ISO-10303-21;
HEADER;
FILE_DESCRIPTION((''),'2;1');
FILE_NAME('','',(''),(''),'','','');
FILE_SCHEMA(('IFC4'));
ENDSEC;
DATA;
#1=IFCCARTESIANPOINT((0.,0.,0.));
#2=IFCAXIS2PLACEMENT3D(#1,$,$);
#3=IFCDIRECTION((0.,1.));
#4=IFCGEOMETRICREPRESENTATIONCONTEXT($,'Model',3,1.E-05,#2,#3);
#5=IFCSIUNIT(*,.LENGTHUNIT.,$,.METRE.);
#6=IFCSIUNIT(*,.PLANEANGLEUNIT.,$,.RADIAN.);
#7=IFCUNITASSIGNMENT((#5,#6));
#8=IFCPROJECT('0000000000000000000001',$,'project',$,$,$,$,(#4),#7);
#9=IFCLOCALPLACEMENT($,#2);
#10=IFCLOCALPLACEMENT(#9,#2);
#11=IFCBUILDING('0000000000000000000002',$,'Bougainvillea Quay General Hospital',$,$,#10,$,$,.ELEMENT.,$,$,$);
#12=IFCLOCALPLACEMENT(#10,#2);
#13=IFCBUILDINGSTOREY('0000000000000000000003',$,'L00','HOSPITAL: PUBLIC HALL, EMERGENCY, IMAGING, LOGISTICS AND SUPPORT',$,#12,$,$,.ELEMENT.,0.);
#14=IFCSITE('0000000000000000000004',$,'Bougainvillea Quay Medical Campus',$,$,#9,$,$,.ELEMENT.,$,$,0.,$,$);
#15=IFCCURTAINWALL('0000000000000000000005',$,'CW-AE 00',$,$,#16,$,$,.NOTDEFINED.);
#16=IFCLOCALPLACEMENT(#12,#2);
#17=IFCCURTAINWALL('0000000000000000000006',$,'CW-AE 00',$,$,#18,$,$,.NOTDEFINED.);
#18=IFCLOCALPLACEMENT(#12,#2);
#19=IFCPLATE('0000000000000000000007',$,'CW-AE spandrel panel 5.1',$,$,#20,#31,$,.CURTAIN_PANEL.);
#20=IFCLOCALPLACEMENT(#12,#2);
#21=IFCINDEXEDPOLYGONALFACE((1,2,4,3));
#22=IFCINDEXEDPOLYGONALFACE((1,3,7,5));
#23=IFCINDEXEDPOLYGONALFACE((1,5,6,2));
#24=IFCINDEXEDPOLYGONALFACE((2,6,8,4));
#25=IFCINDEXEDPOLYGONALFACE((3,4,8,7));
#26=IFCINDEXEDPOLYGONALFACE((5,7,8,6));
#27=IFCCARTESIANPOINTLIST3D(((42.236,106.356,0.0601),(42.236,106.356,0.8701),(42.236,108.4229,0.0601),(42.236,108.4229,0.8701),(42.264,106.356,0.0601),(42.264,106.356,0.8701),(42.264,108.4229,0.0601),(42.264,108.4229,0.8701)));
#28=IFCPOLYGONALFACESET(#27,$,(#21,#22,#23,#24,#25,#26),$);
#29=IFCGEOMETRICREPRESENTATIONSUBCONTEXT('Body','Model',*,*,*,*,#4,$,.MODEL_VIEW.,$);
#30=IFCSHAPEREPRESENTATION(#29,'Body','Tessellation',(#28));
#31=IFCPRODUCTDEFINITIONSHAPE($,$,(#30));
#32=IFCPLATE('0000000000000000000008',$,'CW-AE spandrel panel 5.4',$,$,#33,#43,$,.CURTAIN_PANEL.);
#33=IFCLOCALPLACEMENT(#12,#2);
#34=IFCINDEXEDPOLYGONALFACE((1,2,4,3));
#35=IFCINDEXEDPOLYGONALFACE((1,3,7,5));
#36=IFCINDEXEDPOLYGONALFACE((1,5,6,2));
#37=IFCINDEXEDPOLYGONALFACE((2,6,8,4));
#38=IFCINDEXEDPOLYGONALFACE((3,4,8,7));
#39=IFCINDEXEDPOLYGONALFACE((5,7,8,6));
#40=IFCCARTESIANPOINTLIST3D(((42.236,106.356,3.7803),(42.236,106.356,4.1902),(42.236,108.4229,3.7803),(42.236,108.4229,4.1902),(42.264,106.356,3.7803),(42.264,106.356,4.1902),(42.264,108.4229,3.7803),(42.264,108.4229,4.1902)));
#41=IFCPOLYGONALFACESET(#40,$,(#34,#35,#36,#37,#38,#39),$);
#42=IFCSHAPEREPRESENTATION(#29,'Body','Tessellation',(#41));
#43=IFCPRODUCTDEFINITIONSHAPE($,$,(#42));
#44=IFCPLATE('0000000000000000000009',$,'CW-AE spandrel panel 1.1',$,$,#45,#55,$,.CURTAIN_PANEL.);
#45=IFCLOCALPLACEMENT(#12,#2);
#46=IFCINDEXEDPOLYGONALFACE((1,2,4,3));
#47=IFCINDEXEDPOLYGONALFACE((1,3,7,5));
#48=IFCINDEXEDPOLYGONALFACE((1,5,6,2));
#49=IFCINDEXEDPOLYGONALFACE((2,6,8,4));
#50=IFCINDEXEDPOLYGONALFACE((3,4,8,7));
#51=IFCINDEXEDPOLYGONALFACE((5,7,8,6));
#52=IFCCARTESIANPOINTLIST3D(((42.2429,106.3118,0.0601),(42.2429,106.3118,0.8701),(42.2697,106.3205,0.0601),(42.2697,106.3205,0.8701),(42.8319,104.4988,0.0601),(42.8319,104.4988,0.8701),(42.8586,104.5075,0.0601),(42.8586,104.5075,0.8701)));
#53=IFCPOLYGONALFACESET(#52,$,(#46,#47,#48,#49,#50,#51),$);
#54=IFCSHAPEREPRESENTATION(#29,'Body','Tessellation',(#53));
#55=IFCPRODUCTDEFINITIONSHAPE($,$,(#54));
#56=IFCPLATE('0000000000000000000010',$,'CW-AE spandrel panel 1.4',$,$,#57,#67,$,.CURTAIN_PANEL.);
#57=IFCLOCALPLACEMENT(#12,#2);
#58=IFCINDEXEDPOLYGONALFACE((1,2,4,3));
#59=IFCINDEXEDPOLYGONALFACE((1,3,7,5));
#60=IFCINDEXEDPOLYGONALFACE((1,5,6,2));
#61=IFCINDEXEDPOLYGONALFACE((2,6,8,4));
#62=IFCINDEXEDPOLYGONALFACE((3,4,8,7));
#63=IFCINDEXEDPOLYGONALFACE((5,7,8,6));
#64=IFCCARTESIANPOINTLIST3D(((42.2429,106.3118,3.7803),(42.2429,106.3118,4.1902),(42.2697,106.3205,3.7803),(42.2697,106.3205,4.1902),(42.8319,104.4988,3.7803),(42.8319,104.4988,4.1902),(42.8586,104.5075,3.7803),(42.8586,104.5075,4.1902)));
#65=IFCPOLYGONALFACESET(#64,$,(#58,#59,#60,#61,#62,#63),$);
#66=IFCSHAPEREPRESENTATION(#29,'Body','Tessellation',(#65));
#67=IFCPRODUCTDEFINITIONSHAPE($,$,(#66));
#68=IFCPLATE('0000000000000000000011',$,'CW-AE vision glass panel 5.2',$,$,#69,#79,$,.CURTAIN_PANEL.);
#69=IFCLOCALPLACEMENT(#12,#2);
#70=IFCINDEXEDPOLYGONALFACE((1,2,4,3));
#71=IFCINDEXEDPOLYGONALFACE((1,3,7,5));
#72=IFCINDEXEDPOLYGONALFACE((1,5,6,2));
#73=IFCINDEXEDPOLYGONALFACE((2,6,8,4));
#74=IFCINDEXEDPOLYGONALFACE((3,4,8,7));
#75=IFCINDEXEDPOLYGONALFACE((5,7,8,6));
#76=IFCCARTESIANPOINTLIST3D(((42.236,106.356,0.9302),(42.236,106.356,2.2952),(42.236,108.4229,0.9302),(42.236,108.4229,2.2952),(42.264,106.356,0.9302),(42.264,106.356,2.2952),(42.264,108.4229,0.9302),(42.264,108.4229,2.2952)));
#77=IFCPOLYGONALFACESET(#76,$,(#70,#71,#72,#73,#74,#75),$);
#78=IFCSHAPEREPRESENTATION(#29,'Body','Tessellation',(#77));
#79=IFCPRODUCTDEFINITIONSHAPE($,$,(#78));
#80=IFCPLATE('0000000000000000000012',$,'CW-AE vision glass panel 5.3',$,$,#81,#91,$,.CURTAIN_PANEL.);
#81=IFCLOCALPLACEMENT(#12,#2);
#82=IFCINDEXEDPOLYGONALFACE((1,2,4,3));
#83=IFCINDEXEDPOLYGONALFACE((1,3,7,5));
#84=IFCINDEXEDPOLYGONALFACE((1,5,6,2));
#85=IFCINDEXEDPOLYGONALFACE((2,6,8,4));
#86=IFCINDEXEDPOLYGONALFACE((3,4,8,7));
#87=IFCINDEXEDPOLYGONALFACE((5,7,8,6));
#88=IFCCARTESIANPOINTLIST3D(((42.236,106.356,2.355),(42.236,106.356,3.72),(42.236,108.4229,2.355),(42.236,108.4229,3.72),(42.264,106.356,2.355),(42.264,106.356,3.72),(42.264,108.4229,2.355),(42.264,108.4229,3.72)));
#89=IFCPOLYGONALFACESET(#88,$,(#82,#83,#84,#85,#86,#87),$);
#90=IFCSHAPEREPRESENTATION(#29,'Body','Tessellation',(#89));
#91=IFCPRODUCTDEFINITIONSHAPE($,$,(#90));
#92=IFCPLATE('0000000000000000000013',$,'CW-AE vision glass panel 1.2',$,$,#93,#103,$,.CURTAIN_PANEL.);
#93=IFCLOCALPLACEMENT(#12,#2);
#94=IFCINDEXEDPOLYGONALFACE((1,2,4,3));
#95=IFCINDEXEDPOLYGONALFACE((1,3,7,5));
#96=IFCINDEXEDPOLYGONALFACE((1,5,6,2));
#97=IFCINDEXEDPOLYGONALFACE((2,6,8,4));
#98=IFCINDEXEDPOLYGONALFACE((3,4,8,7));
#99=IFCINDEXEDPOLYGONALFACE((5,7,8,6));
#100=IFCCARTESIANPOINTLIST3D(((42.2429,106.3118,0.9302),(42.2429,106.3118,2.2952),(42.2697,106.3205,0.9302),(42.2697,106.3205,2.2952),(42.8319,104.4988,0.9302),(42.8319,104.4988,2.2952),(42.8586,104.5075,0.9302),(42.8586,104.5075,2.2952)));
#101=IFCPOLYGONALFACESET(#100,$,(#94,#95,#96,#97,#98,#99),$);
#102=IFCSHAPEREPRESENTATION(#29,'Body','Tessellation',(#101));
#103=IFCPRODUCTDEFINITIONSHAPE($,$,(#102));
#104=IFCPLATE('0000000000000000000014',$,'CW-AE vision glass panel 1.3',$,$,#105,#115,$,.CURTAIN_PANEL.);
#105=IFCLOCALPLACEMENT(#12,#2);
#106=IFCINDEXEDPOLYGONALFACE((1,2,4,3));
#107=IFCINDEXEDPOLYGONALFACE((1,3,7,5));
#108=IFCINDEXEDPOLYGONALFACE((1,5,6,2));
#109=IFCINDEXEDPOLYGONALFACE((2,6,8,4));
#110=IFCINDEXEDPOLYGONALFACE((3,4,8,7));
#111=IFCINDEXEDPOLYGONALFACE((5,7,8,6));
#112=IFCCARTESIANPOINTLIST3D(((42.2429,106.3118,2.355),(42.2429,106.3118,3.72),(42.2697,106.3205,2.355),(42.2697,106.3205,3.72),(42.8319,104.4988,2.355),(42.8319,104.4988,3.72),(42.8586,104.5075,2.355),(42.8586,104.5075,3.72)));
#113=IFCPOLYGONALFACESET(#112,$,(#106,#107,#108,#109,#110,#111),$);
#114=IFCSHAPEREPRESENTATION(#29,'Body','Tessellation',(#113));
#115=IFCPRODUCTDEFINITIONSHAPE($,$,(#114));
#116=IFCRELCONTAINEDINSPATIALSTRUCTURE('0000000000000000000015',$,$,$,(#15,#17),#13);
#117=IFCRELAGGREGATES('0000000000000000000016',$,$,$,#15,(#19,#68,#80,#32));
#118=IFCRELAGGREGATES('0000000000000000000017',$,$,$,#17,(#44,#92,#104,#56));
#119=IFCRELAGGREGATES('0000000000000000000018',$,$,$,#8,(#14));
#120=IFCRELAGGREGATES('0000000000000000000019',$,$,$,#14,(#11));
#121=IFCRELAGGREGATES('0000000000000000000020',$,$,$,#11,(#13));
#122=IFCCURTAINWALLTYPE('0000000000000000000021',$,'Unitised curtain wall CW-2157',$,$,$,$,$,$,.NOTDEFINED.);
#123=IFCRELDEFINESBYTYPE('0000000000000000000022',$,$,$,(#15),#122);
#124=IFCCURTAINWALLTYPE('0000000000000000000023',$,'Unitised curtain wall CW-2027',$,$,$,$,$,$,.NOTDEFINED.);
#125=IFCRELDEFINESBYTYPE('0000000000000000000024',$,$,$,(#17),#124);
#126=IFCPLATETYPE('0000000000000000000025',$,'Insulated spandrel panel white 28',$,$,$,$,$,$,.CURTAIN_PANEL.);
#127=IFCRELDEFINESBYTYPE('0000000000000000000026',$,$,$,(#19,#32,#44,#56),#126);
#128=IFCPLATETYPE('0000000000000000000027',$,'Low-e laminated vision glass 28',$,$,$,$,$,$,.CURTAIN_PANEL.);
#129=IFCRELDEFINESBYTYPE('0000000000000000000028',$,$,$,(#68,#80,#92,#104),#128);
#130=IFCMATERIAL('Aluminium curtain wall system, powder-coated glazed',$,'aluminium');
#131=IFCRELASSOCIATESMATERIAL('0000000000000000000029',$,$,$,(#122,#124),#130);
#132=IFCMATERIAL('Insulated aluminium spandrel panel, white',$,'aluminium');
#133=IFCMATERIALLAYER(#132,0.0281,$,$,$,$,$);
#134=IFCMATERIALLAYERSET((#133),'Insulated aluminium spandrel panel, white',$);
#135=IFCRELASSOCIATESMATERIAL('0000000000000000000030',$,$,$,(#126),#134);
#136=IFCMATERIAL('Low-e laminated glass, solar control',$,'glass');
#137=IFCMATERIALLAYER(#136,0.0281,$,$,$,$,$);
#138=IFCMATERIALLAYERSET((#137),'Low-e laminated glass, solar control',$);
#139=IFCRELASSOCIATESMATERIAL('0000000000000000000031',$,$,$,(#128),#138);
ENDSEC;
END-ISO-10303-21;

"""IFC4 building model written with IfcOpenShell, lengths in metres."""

from ifc_helpers import new_model, si_unit, direction, frame, origin, origin_2d, place, context, subcontext, project, spatial, rectangle, extrude, material, layer, layer_set, type_object, element, aggregate, save


model = new_model("IFC4")

# Units and contexts
model_context = context("Model", 3, precision=1e-05, world=origin(), true_north=direction((0.0, 1.0)))
body_context = subcontext(model_context, "Body", "Model", "MODEL_VIEW")
ifc_project = project(units=[si_unit("LENGTHUNIT", "METRE"), si_unit("PLANEANGLEUNIT", "RADIAN")], contexts=[model_context])

# Site, building, storey
site_placement = place(None, origin())
site = spatial("IfcSite", under=ifc_project, at=site_placement, Name="Bougainvillea Quay Medical Campus", CompositionType="ELEMENT", RefElevation=0.0)
building_placement = place(site_placement, origin())
building = spatial("IfcBuilding", under=site, at=building_placement, Name="Bougainvillea Quay General Hospital", CompositionType="ELEMENT")
storey_placement = place(building_placement, origin())
storey = spatial("IfcBuildingStorey", under=building, at=storey_placement, Name="L00", Description="HOSPITAL: PUBLIC HALL, EMERGENCY, IMAGING, LOGISTICS AND SUPPORT", CompositionType="ELEMENT", Elevation=0.0)

# Curtain walls
ifc_material_1 = material(Name="Aluminium curtain wall system, powder-coated glazed", Category="aluminium")
curtain_wall_type_1 = type_object("IfcCurtainWallType", Name="Unitised curtain wall CW-2157", PredefinedType="NOTDEFINED", material=ifc_material_1)
curtain_wall_1_placement = place(storey_placement, origin())
curtain_wall_1 = element("IfcCurtainWall", 1, at=curtain_wall_1_placement, inside=storey, type_object=curtain_wall_type_1, Name="CW-AE 00", PredefinedType="NOTDEFINED")
curtain_wall_type_2 = type_object("IfcCurtainWallType", Name="Unitised curtain wall CW-2027", PredefinedType="NOTDEFINED", material=ifc_material_1)
curtain_wall_2_placement = place(storey_placement, origin())
curtain_wall_2 = element("IfcCurtainWall", 2, at=curtain_wall_2_placement, inside=storey, type_object=curtain_wall_type_2, Name="CW-AE 00", PredefinedType="NOTDEFINED")

# Plates
ifc_material_2 = material(Name="Insulated aluminium spandrel panel, white", Category="aluminium")
ifc_layer_1 = layer(ifc_material_2, 0.0281)
ifc_layer_set_1 = layer_set([ifc_layer_1], Name="Insulated aluminium spandrel panel, white")
plate_type_1 = type_object("IfcPlateType", Name="Insulated spandrel panel white 28", PredefinedType="CURTAIN_PANEL", material=ifc_layer_set_1)
plate_1_placement = place(storey_placement, frame((42.25, 107.3894, 0.0601), z_axis=(0.0, 0.0, 1.0), x_axis=(0.0, -1.0, 0.0)))
plate_1 = element("IfcPlate", 3, at=plate_1_placement, type_object=plate_type_1, Name="CW-AE spandrel panel 5.1", PredefinedType="CURTAIN_PANEL", context=body_context, shape_type="SweptSolid", body=[
    extrude(rectangle(XDim=2.0669, YDim=0.0281, at=origin_2d()), origin(), (0.0, 0.0, 1.0), 0.8101),
])
plate_2_placement = place(storey_placement, frame((42.25, 107.3894, 3.7803), z_axis=(0.0, 0.0, 1.0), x_axis=(0.0, -1.0, 0.0)))
plate_2 = element("IfcPlate", 4, at=plate_2_placement, type_object=plate_type_1, Name="CW-AE spandrel panel 5.4", PredefinedType="CURTAIN_PANEL", context=body_context, shape_type="SweptSolid", body=[
    extrude(rectangle(XDim=2.0669, YDim=0.0281, at=origin_2d()), origin(), (0.0, 0.0, 1.0), 0.4099),
])
plate_3_placement = place(storey_placement, frame((42.5508, 105.4097, 0.0601), z_axis=(0.0, 0.0, 1.0), x_axis=(0.308963, -0.951074, 0.0)))
plate_3 = element("IfcPlate", 5, at=plate_3_placement, type_object=plate_type_1, Name="CW-AE spandrel panel 1.1", PredefinedType="CURTAIN_PANEL", context=body_context, shape_type="SweptSolid", body=[
    extrude(rectangle(XDim=1.9062, YDim=0.0281, at=origin_2d()), origin(), (0.0, 0.0, 1.0), 0.8101),
])
plate_4_placement = place(storey_placement, frame((42.5508, 105.4097, 3.7803), z_axis=(0.0, 0.0, 1.0), x_axis=(0.308963, -0.951074, 0.0)))
plate_4 = element("IfcPlate", 6, at=plate_4_placement, type_object=plate_type_1, Name="CW-AE spandrel panel 1.4", PredefinedType="CURTAIN_PANEL", context=body_context, shape_type="SweptSolid", body=[
    extrude(rectangle(XDim=1.9062, YDim=0.0281, at=origin_2d()), origin(), (0.0, 0.0, 1.0), 0.4099),
])
ifc_material_3 = material(Name="Low-e laminated glass, solar control", Category="glass")
ifc_layer_2 = layer(ifc_material_3, 0.0281)
ifc_layer_set_2 = layer_set([ifc_layer_2], Name="Low-e laminated glass, solar control")
plate_type_2 = type_object("IfcPlateType", Name="Low-e laminated vision glass 28", PredefinedType="CURTAIN_PANEL", material=ifc_layer_set_2)
plate_5_placement = place(storey_placement, frame((42.25, 107.3894, 0.9302), z_axis=(0.0, 0.0, 1.0), x_axis=(0.0, -1.0, 0.0)))
plate_5 = element("IfcPlate", 7, at=plate_5_placement, type_object=plate_type_2, Name="CW-AE vision glass panel 5.2", PredefinedType="CURTAIN_PANEL", context=body_context, shape_type="SweptSolid", body=[
    extrude(rectangle(XDim=2.0669, YDim=0.0281, at=origin_2d()), origin(), (0.0, 0.0, 1.0), 1.365),
])
plate_6_placement = place(storey_placement, frame((42.25, 107.3894, 2.355), z_axis=(0.0, 0.0, 1.0), x_axis=(0.0, -1.0, 0.0)))
plate_6 = element("IfcPlate", 8, at=plate_6_placement, type_object=plate_type_2, Name="CW-AE vision glass panel 5.3", PredefinedType="CURTAIN_PANEL", context=body_context, shape_type="SweptSolid", body=[
    extrude(rectangle(XDim=2.0669, YDim=0.0281, at=origin_2d()), origin(), (0.0, 0.0, 1.0), 1.365),
])
aggregate(curtain_wall_1, [plate_1, plate_5, plate_6, plate_2])
plate_7_placement = place(storey_placement, frame((42.5508, 105.4097, 0.9302), z_axis=(0.0, 0.0, 1.0), x_axis=(0.308963, -0.951074, 0.0)))
plate_7 = element("IfcPlate", 9, at=plate_7_placement, type_object=plate_type_2, Name="CW-AE vision glass panel 1.2", PredefinedType="CURTAIN_PANEL", context=body_context, shape_type="SweptSolid", body=[
    extrude(rectangle(XDim=1.9062, YDim=0.0281, at=origin_2d()), origin(), (0.0, 0.0, 1.0), 1.365),
])
plate_8_placement = place(storey_placement, frame((42.5508, 105.4097, 2.355), z_axis=(0.0, 0.0, 1.0), x_axis=(0.308963, -0.951074, 0.0)))
plate_8 = element("IfcPlate", 10, at=plate_8_placement, type_object=plate_type_2, Name="CW-AE vision glass panel 1.3", PredefinedType="CURTAIN_PANEL", context=body_context, shape_type="SweptSolid", body=[
    extrude(rectangle(XDim=1.9062, YDim=0.0281, at=origin_2d()), origin(), (0.0, 0.0, 1.0), 1.365),
])
aggregate(curtain_wall_2, [plate_3, plate_7, plate_8, plate_4])

save(model, "model.ifc")
